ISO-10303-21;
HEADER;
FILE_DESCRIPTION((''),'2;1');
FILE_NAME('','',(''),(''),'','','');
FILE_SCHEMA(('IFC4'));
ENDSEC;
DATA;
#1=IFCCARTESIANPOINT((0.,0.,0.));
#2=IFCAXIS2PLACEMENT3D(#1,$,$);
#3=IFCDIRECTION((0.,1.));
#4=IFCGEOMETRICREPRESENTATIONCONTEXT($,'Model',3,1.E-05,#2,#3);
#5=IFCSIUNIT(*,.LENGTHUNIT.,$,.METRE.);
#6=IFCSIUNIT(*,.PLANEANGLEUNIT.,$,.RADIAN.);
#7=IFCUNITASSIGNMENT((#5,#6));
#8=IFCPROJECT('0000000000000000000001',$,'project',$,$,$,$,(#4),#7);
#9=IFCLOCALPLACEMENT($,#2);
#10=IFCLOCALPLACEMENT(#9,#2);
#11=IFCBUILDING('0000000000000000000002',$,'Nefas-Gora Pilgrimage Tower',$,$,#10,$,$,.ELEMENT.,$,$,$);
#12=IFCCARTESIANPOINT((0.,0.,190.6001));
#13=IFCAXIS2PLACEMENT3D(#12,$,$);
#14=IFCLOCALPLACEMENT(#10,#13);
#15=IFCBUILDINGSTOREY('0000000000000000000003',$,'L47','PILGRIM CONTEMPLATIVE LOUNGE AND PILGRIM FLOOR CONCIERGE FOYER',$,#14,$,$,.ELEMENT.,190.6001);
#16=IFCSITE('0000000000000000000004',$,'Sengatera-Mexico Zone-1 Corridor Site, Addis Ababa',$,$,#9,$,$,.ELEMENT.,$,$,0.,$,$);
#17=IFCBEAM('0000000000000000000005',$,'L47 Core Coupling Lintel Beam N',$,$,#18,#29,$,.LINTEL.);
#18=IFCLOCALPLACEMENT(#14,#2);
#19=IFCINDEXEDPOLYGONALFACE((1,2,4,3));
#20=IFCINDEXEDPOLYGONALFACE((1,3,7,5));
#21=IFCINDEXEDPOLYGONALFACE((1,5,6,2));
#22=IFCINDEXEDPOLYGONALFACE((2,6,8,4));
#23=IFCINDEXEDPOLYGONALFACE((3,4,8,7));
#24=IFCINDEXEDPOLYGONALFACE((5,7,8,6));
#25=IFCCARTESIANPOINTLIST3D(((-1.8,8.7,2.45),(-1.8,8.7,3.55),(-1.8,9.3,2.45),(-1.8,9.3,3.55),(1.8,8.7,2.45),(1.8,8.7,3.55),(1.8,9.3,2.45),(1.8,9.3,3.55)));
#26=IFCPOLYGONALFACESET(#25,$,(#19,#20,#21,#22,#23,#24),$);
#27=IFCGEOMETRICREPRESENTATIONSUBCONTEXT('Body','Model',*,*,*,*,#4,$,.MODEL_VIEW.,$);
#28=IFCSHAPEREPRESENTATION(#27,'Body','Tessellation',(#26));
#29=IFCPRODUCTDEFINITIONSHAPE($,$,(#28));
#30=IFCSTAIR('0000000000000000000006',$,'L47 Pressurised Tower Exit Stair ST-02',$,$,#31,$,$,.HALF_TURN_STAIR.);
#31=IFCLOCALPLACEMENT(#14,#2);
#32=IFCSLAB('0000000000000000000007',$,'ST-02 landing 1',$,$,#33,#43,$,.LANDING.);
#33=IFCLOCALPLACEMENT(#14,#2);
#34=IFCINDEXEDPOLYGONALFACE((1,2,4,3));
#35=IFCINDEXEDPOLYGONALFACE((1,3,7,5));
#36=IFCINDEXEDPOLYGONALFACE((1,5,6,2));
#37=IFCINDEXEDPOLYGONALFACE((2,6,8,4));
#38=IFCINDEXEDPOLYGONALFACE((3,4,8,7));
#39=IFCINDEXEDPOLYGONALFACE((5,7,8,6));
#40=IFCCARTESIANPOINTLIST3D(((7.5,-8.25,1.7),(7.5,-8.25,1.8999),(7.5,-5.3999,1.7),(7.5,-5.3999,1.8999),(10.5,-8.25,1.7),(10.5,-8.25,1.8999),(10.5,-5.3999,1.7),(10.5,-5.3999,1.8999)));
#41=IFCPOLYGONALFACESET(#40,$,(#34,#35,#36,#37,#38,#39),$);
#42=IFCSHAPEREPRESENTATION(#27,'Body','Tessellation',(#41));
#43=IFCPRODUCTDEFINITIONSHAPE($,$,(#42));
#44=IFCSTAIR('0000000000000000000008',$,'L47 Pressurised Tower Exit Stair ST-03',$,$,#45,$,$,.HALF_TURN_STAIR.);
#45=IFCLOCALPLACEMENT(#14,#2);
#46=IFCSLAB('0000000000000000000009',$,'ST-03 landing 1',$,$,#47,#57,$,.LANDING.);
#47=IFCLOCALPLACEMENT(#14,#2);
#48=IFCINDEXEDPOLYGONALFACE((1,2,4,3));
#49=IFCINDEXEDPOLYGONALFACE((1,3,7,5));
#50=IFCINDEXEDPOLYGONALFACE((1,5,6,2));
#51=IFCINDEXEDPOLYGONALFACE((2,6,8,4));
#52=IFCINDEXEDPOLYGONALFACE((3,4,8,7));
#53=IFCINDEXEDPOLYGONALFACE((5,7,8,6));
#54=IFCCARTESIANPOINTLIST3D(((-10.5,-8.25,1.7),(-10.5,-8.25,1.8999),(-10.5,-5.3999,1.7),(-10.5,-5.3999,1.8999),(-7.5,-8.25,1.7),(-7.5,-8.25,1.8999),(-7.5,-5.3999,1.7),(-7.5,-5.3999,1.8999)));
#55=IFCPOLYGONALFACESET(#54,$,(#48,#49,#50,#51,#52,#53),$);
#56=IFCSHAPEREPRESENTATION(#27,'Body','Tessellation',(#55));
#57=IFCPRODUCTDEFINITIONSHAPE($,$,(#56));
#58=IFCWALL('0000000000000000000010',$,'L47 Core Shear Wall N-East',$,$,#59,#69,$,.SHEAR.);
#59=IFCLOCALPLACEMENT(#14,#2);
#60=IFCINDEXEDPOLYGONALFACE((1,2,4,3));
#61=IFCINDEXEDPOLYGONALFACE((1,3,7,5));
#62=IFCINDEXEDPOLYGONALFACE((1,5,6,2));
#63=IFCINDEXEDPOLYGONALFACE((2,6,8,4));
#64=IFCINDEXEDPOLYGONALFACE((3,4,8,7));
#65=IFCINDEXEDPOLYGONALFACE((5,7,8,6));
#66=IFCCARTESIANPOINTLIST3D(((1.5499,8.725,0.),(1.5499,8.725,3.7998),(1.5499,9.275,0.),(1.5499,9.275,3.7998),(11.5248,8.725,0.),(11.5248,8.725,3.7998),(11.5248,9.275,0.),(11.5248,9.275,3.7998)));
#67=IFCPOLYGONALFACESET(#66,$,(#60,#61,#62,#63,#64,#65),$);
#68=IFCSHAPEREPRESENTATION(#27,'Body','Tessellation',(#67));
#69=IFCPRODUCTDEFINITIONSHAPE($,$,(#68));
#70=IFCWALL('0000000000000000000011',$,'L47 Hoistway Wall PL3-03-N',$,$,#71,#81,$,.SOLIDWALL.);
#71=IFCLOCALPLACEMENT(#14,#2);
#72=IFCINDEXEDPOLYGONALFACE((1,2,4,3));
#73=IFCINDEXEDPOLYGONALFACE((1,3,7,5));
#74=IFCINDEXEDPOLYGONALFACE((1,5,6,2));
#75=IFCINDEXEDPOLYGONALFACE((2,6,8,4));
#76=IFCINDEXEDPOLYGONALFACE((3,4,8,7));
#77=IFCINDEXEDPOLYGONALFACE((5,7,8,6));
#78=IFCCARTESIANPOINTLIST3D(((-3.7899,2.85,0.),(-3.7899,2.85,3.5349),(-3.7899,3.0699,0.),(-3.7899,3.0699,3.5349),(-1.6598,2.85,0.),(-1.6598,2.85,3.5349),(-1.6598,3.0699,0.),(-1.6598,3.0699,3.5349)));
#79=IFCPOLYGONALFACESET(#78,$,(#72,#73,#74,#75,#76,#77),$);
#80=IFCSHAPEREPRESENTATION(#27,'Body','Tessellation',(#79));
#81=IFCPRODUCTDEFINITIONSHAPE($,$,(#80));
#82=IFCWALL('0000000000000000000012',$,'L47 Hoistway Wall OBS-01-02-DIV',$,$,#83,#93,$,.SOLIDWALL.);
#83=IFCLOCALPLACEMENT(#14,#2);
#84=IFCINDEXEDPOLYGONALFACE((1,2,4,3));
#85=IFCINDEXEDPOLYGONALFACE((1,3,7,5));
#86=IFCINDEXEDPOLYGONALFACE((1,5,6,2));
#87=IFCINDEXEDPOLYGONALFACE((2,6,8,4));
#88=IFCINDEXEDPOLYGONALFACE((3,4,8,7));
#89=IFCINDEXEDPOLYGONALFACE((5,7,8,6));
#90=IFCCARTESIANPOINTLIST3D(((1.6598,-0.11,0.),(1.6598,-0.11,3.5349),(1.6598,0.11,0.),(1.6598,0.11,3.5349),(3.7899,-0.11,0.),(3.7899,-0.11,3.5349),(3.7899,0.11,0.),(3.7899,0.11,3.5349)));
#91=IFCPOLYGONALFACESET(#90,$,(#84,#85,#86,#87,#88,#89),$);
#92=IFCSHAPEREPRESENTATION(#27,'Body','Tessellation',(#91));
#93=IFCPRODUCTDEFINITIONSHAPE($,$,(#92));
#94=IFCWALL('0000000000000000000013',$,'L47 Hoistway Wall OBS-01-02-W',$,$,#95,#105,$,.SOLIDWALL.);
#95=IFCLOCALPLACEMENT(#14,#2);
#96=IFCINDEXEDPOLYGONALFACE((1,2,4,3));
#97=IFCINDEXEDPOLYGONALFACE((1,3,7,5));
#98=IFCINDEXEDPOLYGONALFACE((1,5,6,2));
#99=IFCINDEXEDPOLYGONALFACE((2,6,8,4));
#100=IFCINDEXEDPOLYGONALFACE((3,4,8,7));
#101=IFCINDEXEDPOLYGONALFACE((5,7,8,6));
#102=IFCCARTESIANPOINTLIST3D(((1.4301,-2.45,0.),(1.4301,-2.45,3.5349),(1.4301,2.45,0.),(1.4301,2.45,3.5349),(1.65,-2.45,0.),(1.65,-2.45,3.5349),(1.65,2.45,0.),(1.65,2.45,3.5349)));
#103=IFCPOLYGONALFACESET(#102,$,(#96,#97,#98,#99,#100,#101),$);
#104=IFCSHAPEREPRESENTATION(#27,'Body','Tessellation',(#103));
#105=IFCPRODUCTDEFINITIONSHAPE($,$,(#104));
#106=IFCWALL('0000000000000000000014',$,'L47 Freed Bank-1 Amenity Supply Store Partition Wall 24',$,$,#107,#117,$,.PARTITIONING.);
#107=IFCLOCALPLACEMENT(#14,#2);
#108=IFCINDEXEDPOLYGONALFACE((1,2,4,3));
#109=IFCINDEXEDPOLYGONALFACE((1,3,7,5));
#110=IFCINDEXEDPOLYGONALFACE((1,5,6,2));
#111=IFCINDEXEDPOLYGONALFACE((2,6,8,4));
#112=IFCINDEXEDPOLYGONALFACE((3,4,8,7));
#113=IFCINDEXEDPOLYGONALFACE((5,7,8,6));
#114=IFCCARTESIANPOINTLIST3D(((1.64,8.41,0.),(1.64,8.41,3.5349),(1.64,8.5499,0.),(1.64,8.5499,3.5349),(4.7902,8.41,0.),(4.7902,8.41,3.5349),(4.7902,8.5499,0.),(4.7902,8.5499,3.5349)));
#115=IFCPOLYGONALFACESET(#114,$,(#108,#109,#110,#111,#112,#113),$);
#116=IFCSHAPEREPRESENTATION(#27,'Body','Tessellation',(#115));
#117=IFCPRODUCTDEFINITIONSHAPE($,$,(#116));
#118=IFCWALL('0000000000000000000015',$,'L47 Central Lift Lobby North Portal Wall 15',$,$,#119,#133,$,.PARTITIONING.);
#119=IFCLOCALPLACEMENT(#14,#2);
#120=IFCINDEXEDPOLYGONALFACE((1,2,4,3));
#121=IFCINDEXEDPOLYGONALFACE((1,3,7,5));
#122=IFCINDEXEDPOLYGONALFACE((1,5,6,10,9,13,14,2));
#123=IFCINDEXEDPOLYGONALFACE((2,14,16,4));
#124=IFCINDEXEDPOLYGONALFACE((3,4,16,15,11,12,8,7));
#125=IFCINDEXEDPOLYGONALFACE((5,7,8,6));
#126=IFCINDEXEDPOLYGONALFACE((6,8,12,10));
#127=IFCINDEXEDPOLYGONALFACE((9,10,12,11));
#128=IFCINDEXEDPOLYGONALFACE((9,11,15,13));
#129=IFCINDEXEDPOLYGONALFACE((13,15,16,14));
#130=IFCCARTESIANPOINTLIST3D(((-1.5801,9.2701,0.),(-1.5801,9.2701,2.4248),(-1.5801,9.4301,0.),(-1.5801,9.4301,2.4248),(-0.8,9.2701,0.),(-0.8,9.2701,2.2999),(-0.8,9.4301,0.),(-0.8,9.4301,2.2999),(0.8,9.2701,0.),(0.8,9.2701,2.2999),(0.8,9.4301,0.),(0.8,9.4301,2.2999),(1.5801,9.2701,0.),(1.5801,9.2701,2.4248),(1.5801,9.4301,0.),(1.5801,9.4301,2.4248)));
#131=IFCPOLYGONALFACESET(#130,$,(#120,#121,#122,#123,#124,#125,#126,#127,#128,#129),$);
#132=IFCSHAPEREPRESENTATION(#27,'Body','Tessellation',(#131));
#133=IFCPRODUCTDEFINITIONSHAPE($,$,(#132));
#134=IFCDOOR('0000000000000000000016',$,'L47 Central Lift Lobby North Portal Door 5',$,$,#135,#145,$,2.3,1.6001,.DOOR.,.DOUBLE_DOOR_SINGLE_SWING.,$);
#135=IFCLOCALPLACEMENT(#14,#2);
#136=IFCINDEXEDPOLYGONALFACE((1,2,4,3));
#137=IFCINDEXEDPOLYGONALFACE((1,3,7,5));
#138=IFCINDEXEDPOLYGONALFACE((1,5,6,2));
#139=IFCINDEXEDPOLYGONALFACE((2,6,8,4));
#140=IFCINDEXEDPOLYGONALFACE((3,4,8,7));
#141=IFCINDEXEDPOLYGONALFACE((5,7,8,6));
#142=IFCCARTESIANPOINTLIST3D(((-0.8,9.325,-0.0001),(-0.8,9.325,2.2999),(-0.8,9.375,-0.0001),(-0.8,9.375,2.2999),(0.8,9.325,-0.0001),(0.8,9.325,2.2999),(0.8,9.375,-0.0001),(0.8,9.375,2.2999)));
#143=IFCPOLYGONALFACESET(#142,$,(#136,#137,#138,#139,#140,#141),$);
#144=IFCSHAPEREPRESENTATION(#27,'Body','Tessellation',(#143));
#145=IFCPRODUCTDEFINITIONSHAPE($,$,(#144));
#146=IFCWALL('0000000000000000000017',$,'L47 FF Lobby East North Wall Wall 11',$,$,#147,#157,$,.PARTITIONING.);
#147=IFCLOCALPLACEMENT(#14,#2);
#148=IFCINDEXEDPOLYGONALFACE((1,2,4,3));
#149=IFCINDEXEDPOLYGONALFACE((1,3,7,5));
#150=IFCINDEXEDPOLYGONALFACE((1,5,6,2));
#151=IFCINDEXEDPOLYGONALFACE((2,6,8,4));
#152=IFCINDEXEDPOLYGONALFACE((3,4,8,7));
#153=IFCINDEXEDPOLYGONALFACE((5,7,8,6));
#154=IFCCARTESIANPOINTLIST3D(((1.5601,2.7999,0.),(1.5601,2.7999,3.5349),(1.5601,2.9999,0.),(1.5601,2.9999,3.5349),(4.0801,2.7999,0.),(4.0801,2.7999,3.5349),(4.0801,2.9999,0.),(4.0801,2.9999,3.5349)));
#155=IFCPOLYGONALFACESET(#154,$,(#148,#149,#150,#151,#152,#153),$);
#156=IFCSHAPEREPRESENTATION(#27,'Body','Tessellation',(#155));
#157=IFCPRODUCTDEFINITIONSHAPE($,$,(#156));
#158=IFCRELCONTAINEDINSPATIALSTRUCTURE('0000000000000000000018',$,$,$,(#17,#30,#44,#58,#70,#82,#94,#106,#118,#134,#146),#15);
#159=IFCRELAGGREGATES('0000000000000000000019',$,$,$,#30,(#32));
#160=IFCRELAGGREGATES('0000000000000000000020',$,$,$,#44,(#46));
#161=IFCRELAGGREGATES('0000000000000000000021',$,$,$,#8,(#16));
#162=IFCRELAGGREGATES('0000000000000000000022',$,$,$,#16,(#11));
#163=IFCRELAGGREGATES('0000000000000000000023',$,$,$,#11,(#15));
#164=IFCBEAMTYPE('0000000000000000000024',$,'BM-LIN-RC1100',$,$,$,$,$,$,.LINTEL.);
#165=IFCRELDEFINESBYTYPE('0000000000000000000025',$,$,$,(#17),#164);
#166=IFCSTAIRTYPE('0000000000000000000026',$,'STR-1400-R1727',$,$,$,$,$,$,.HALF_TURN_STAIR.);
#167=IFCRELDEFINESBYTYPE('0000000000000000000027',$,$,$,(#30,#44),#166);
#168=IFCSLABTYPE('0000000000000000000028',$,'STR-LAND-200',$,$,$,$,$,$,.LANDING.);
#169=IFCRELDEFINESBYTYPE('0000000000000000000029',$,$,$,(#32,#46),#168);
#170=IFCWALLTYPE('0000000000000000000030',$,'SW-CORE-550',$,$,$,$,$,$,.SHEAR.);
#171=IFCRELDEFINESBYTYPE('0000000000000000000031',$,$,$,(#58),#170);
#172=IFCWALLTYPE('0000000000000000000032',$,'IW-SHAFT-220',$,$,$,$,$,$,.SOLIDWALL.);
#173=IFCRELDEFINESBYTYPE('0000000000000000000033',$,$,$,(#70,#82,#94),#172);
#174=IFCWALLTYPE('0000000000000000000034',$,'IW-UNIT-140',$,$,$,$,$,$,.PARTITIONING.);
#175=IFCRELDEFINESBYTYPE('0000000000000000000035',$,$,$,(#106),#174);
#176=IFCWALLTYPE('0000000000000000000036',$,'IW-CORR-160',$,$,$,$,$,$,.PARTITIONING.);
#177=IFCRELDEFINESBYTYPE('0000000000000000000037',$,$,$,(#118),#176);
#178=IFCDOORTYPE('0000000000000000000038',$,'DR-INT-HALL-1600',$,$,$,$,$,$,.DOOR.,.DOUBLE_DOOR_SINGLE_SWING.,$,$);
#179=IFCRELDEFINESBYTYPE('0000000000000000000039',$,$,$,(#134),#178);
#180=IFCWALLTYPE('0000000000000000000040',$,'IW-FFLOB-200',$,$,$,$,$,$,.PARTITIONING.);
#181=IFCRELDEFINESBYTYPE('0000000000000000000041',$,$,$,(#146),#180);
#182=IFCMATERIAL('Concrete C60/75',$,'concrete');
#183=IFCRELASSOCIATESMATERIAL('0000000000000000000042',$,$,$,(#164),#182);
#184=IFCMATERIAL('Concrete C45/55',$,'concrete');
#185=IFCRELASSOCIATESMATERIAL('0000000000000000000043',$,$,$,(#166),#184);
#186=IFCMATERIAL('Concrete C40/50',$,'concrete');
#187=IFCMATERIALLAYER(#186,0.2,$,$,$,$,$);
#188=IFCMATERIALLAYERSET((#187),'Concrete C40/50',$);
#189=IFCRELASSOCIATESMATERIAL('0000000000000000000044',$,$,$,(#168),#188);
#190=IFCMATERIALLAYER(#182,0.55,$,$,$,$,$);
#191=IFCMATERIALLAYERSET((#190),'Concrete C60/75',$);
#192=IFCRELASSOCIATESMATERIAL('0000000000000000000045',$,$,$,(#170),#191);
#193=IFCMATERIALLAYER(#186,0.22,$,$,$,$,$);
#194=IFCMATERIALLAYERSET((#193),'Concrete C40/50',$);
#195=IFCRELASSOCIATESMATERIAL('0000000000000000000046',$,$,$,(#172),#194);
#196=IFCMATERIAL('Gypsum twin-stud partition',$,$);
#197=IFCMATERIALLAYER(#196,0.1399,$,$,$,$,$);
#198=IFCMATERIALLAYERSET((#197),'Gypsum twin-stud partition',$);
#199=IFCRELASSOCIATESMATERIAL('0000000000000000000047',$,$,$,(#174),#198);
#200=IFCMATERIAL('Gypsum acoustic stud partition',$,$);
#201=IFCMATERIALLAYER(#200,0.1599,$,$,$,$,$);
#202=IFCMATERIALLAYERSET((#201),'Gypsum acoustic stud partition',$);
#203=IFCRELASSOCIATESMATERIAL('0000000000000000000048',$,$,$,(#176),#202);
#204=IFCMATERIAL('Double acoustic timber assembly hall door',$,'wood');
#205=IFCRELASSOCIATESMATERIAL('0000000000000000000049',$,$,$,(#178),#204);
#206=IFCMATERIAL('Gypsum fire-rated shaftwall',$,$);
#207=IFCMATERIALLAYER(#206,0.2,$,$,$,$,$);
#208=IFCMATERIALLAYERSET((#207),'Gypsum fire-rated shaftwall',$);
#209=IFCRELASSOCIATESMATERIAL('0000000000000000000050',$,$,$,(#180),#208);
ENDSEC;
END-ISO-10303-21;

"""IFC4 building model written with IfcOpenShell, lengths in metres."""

from ifc_helpers import new_model, si_unit, direction, frame, frame_2d, origin, origin_2d, place, context, subcontext, project, spatial, polyline, rectangle, outline, extrude, source, transform, mapped, material, layer, layer_set, material_profile, profile_set, type_object, element, fill, aggregate, save


model = new_model("IFC4")

# Units and contexts
model_context = context("Model", 3, precision=1e-05, world=origin(), true_north=direction((0.0, 1.0)))
body_context = subcontext(model_context, "Body", "Model", "MODEL_VIEW")
ifc_project = project(units=[si_unit("LENGTHUNIT", "METRE"), si_unit("PLANEANGLEUNIT", "RADIAN")], contexts=[model_context])

# Site, building, storey
site_placement = place(None, origin())
site = spatial("IfcSite", under=ifc_project, at=site_placement, Name="Sengatera-Mexico Zone-1 Corridor Site, Addis Ababa", CompositionType="ELEMENT", RefElevation=0.0)
building_placement = place(site_placement, origin())
building = spatial("IfcBuilding", under=site, at=building_placement, Name="Nefas-Gora Pilgrimage Tower", CompositionType="ELEMENT")
storey_placement = place(building_placement, frame((0.0, 0.0, 190.6001)))
storey = spatial("IfcBuildingStorey", under=building, at=storey_placement, Name="L47", Description="PILGRIM CONTEMPLATIVE LOUNGE AND PILGRIM FLOOR CONCIERGE FOYER", CompositionType="ELEMENT", Elevation=190.6001)

# Beam
ifc_material_1 = material(Name="Concrete C60/75", Category="concrete")
ifc_material_profile = material_profile(ifc_material_1, rectangle(XDim=0.6001, YDim=1.1001, at=origin_2d()), Name="RC 600x1100")
ifc_profile_set = profile_set([ifc_material_profile], Name="Concrete C60/75")
beam_type = type_object("IfcBeamType", Name="BM-LIN-RC1100", PredefinedType="LINTEL", material=ifc_profile_set)
shared_shape_1 = source(origin(), body_context, "Body", "SweptSolid", [
    extrude(rectangle(XDim=0.6001, YDim=1.1001, at=origin_2d()), origin(), (0.0, 0.0, 1.0), 3.6001),
])
beam_placement = place(storey_placement, frame((-1.8, 9.0, 3.0), z_axis=(1.0, 0.0, 0.0), x_axis=(0.0, 1.0, 0.0)))
element("IfcBeam", 1, at=beam_placement, inside=storey, type_object=beam_type, Name="L47 Core Coupling Lintel Beam N", PredefinedType="LINTEL", context=body_context, shape_type="MappedRepresentation", body=[
    mapped(shared_shape_1, transform((0.0, 0.0, 0.0), x_axis=(1.0, 0.0, 0.0), y_axis=(0.0, 1.0, 0.0), z_axis=(0.0, 0.0, 1.0), scale=1.0)),
])

# Stairs, slabs
ifc_material_2 = material(Name="Concrete C45/55", Category="concrete")
stair_type = type_object("IfcStairType", Name="STR-1400-R1727", PredefinedType="HALF_TURN_STAIR", material=ifc_material_2)
stair_1_placement = place(storey_placement, origin())
stair_1 = element("IfcStair", 2, at=stair_1_placement, inside=storey, type_object=stair_type, Name="L47 Pressurised Tower Exit Stair ST-02", PredefinedType="HALF_TURN_STAIR")
ifc_material_3 = material(Name="Concrete C40/50", Category="concrete")
ifc_layer_1 = layer(ifc_material_3, 0.2)
ifc_layer_set_1 = layer_set([ifc_layer_1], Name="Concrete C40/50")
slab_type = type_object("IfcSlabType", Name="STR-LAND-200", PredefinedType="LANDING", material=ifc_layer_set_1)
slab_1_placement = place(storey_placement, frame((0.0, 0.0, 1.7)))
slab_1 = element("IfcSlab", 3, at=slab_1_placement, type_object=slab_type, Name="ST-02 landing 1", PredefinedType="LANDING", context=body_context, shape_type="SweptSolid", body=[
    extrude(outline(polyline([(7.5, -5.3999), (7.5, -8.25), (10.5, -8.25), (10.5, -5.3999), (7.5, -5.3999)])), origin(), (0.0, 0.0, 1.0), 0.2),
])
aggregate(stair_1, [slab_1])
stair_2_placement = place(storey_placement, origin())
stair_2 = element("IfcStair", 4, at=stair_2_placement, inside=storey, type_object=stair_type, Name="L47 Pressurised Tower Exit Stair ST-03", PredefinedType="HALF_TURN_STAIR")
slab_2_placement = place(storey_placement, frame((0.0, 0.0, 1.7)))
slab_2 = element("IfcSlab", 5, at=slab_2_placement, type_object=slab_type, Name="ST-03 landing 1", PredefinedType="LANDING", context=body_context, shape_type="SweptSolid", body=[
    extrude(outline(polyline([(-10.5, -5.3999), (-10.5, -8.25), (-7.5, -8.25), (-7.5, -5.3999), (-10.5, -5.3999)])), origin(), (0.0, 0.0, 1.0), 0.2),
])
aggregate(stair_2, [slab_2])

# Walls
ifc_layer_2 = layer(ifc_material_1, 0.55)
ifc_layer_set_2 = layer_set([ifc_layer_2], Name="Concrete C60/75")
wall_type_1 = type_object("IfcWallType", Name="SW-CORE-550", PredefinedType="SHEAR", material=ifc_layer_set_2)
shared_shape_2 = source(origin(), body_context, "Body", "SweptSolid", [
    extrude(rectangle(XDim=9.9749, YDim=0.55, at=frame_2d((4.9873, 0.0))), origin(), (0.0, 0.0, 1.0), 3.7998),
])
wall_1_placement = place(storey_placement, frame((1.55, 9.0, 0.0), z_axis=(0.0, 0.0, 1.0), x_axis=(1.0, 0.0, 0.0)))
element("IfcWall", 6, at=wall_1_placement, inside=storey, type_object=wall_type_1, Name="L47 Core Shear Wall N-East", PredefinedType="SHEAR", context=body_context, shape_type="MappedRepresentation", body=[
    mapped(shared_shape_2, transform((0.0, 0.0, 0.0), x_axis=(1.0, 0.0, 0.0), y_axis=(0.0, 1.0, 0.0), z_axis=(0.0, 0.0, 1.0), scale=1.0)),
])
ifc_layer_3 = layer(ifc_material_3, 0.22)
ifc_layer_set_3 = layer_set([ifc_layer_3], Name="Concrete C40/50")
wall_type_2 = type_object("IfcWallType", Name="IW-SHAFT-220", PredefinedType="SOLIDWALL", material=ifc_layer_set_3)
shared_shape_3 = source(origin(), body_context, "Body", "SweptSolid", [
    extrude(rectangle(XDim=2.1301, YDim=0.22, at=frame_2d((1.0649, 0.0))), origin(), (0.0, 0.0, 1.0), 3.5349),
])
for number, where, z_axis, x_axis, name in (
    (7, (-1.6599, 2.96, 0.0), (0.0, 0.0, 1.0), (-1.0, 0.0, 0.0), "L47 Hoistway Wall PL3-03-N"),
    (8, (1.6599, 0.0, 0.0), (0.0, 0.0, 1.0), (1.0, 0.0, 0.0), "L47 Hoistway Wall OBS-01-02-DIV"),
):
    element("IfcWall", number, at=place(storey_placement, frame(where, z_axis=z_axis, x_axis=x_axis)), inside=storey, type_object=wall_type_2, Name=name, PredefinedType="SOLIDWALL", context=body_context, shape_type="MappedRepresentation", body=[
        mapped(shared_shape_3, transform((0.0, 0.0, 0.0), x_axis=(1.0, 0.0, 0.0), y_axis=(0.0, 1.0, 0.0), z_axis=(0.0, 0.0, 1.0), scale=1.0)),
    ])
shared_shape_4 = source(origin(), body_context, "Body", "SweptSolid", [
    extrude(rectangle(XDim=4.8999, YDim=0.22, at=frame_2d((2.45, 0.0))), origin(), (0.0, 0.0, 1.0), 3.5349),
])
wall_2_placement = place(storey_placement, frame((1.54, 2.45, 0.0), z_axis=(0.0, 0.0, 1.0), x_axis=(0.0, -1.0, 0.0)))
element("IfcWall", 9, at=wall_2_placement, inside=storey, type_object=wall_type_2, Name="L47 Hoistway Wall OBS-01-02-W", PredefinedType="SOLIDWALL", context=body_context, shape_type="MappedRepresentation", body=[
    mapped(shared_shape_4, transform((0.0, 0.0, 0.0), x_axis=(1.0, 0.0, 0.0), y_axis=(0.0, 1.0, 0.0), z_axis=(0.0, 0.0, 1.0), scale=1.0)),
])
ifc_material_4 = material(Name="Gypsum twin-stud partition")
ifc_layer_4 = layer(ifc_material_4, 0.1399)
ifc_layer_set_4 = layer_set([ifc_layer_4], Name="Gypsum twin-stud partition")
wall_type_3 = type_object("IfcWallType", Name="IW-UNIT-140", PredefinedType="PARTITIONING", material=ifc_layer_set_4)
shared_shape_5 = source(origin(), body_context, "Body", "SweptSolid", [
    extrude(rectangle(XDim=3.1501, YDim=0.1399, at=frame_2d((1.5752, 0.0))), origin(), (0.0, 0.0, 1.0), 3.5349),
])
wall_3_placement = place(storey_placement, frame((1.6399, 8.48, 0.0), z_axis=(0.0, 0.0, 1.0), x_axis=(1.0, 0.0, 0.0)))
element("IfcWall", 10, at=wall_3_placement, inside=storey, type_object=wall_type_3, Name="L47 Freed Bank-1 Amenity Supply Store Partition Wall 24", PredefinedType="PARTITIONING", context=body_context, shape_type="MappedRepresentation", body=[
    mapped(shared_shape_5, transform((0.0, 0.0, 0.0), x_axis=(1.0, 0.0, 0.0), y_axis=(0.0, 1.0, 0.0), z_axis=(0.0, 0.0, 1.0), scale=1.0)),
])

# Wall, opening, door
ifc_material_5 = material(Name="Gypsum acoustic stud partition")
ifc_layer_5 = layer(ifc_material_5, 0.1599)
ifc_layer_set_5 = layer_set([ifc_layer_5], Name="Gypsum acoustic stud partition")
wall_type_4 = type_object("IfcWallType", Name="IW-CORR-160", PredefinedType="PARTITIONING", material=ifc_layer_set_5)
shared_shape_6 = source(origin(), body_context, "Body", "SweptSolid", [
    extrude(rectangle(XDim=3.1602, YDim=0.1599, at=frame_2d((1.5801, 0.0))), origin(), (0.0, 0.0, 1.0), 2.4248),
])
wall_4_placement = place(storey_placement, frame((-1.5801, 9.3501, 0.0), z_axis=(0.0, 0.0, 1.0), x_axis=(1.0, 0.0, 0.0)))
wall_4 = element("IfcWall", 11, at=wall_4_placement, inside=storey, type_object=wall_type_4, Name="L47 Central Lift Lobby North Portal Wall 15", PredefinedType="PARTITIONING", context=body_context, shape_type="MappedRepresentation", body=[
    mapped(shared_shape_6, transform((0.0, 0.0, 0.0), x_axis=(1.0, 0.0, 0.0), y_axis=(0.0, 1.0, 0.0), z_axis=(0.0, 0.0, 1.0), scale=1.0)),
])
opening_1_placement = place(wall_4_placement, frame((0.78, 0.0, 0.0)))
opening_1 = element("IfcOpeningElement", 12, at=opening_1_placement, cuts=wall_4, PredefinedType="OPENING", context=body_context, shape_type="SweptSolid", body=[
    extrude(rectangle(XDim=1.6001, YDim=2.3, at=frame_2d((0.8, 1.1499))), frame((0.0, 0.0898, 0.0), z_axis=(0.0, -1.0, 0.0), x_axis=(1.0, 0.0, 0.0)), (0.0, 0.0, 1.0), 0.1799),
])
ifc_material_6 = material(Name="Double acoustic timber assembly hall door", Category="wood")
door_type_1 = type_object("IfcDoorType", Name="DR-INT-HALL-1600", OperationType="DOUBLE_DOOR_SINGLE_SWING", PredefinedType="DOOR", material=ifc_material_6)
shared_shape_7 = source(origin(), body_context, "Body", "SweptSolid", [
    extrude(rectangle(XDim=1.6001, YDim=2.3, at=frame_2d((0.8, 1.1499))), frame((0.0, 0.0249, 0.0), z_axis=(0.0, -1.0, 0.0), x_axis=(1.0, 0.0, 0.0)), (0.0, 0.0, 1.0), 0.05),
])
door_1_placement = place(opening_1_placement, origin())
door_1 = element("IfcDoor", 13, at=door_1_placement, inside=storey, type_object=door_type_1, Name="L47 Central Lift Lobby North Portal Door 5", OperationType="DOUBLE_DOOR_SINGLE_SWING", OverallHeight=2.3, OverallWidth=1.6001, PredefinedType="DOOR", context=body_context, shape_type="MappedRepresentation", body=[
    mapped(shared_shape_7, transform((0.0, 0.0, 0.0), x_axis=(1.0, 0.0, 0.0), y_axis=(0.0, 1.0, 0.0), z_axis=(0.0, 0.0, 1.0), scale=1.0)),
])
fill(opening_1, door_1)

# Wall
ifc_material_7 = material(Name="Gypsum fire-rated shaftwall")
ifc_layer_6 = layer(ifc_material_7, 0.2)
ifc_layer_set_6 = layer_set([ifc_layer_6], Name="Gypsum fire-rated shaftwall")
wall_type_5 = type_object("IfcWallType", Name="IW-FFLOB-200", PredefinedType="PARTITIONING", material=ifc_layer_set_6)
shared_shape_8 = source(origin(), body_context, "Body", "SweptSolid", [
    extrude(rectangle(XDim=2.52, YDim=0.2, at=frame_2d((1.26, 0.0))), origin(), (0.0, 0.0, 1.0), 3.5349),
])
wall_5_placement = place(storey_placement, frame((1.5601, 2.8999, 0.0), z_axis=(0.0, 0.0, 1.0), x_axis=(1.0, 0.0, 0.0)))
element("IfcWall", 14, at=wall_5_placement, inside=storey, type_object=wall_type_5, Name="L47 FF Lobby East North Wall Wall 11", PredefinedType="PARTITIONING", context=body_context, shape_type="MappedRepresentation", body=[
    mapped(shared_shape_8, transform((0.0, 0.0, 0.0), x_axis=(1.0, 0.0, 0.0), y_axis=(0.0, 1.0, 0.0), z_axis=(0.0, 0.0, 1.0), scale=1.0)),
])

save(model, "model.ifc")
